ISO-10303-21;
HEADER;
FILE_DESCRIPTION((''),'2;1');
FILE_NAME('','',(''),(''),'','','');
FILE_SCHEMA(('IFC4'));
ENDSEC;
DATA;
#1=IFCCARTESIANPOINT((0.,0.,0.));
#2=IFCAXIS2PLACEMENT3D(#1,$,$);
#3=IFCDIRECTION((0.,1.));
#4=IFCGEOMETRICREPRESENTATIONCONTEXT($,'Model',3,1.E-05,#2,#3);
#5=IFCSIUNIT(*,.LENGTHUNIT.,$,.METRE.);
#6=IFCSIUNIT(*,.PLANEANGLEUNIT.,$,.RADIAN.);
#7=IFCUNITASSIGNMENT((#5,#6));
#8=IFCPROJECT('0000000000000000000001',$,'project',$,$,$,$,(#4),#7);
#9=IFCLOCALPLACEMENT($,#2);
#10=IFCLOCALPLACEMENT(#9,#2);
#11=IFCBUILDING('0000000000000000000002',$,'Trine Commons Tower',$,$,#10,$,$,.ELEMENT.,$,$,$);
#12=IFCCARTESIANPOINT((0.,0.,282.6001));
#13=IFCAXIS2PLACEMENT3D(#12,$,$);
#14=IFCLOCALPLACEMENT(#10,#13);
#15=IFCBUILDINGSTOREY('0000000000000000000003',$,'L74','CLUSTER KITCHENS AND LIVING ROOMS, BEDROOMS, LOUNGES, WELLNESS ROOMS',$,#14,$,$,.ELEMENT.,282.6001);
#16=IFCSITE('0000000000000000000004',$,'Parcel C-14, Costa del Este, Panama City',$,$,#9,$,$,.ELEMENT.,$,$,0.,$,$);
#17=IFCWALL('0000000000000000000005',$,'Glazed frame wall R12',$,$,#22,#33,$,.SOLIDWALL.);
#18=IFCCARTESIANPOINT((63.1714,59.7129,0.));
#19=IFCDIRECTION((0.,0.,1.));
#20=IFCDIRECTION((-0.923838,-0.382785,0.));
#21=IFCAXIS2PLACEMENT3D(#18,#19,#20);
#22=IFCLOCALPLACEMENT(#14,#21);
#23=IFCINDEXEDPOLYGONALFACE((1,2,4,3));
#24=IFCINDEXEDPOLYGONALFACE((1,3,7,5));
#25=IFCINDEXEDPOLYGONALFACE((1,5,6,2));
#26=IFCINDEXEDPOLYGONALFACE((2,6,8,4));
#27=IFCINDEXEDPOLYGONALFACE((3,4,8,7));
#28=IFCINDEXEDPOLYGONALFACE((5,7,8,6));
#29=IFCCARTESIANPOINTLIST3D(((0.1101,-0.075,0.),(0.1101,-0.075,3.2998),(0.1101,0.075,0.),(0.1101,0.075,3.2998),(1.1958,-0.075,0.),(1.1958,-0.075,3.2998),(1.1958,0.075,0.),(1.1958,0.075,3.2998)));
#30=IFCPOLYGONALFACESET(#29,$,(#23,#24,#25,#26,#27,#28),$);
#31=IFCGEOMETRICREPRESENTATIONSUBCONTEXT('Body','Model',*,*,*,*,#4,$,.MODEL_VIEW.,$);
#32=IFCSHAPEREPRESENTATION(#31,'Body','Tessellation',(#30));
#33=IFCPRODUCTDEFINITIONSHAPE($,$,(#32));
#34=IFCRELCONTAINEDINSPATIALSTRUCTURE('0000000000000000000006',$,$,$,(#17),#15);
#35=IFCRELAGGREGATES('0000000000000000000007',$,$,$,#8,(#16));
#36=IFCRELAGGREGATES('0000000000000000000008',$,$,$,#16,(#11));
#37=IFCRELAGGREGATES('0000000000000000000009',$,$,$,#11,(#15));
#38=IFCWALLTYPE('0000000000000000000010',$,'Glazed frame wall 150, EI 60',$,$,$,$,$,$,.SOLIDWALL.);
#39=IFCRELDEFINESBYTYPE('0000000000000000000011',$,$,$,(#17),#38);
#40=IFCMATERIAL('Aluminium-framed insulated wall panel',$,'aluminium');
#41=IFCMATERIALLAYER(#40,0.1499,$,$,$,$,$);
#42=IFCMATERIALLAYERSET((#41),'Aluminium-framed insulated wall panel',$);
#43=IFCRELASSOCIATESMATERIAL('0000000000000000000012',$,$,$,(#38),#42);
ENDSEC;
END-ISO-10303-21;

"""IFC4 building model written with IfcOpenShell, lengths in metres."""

from ifc_helpers import new_model, si_unit, direction, frame, origin, place, context, subcontext, project, spatial, polyline, outline, extrude, material, layer, layer_set, type_object, element, save


model = new_model("IFC4")

# Units and contexts
model_context = context("Model", 3, precision=1e-05, world=origin(), true_north=direction((0.0, 1.0)))
body_context = subcontext(model_context, "Body", "Model", "MODEL_VIEW")
ifc_project = project(units=[si_unit("LENGTHUNIT", "METRE"), si_unit("PLANEANGLEUNIT", "RADIAN")], contexts=[model_context])

# Site, building, storey
site_placement = place(None, origin())
site = spatial("IfcSite", under=ifc_project, at=site_placement, Name="Parcel C-14, Costa del Este, Panama City", CompositionType="ELEMENT", RefElevation=0.0)
building_placement = place(site_placement, origin())
building = spatial("IfcBuilding", under=site, at=building_placement, Name="Trine Commons Tower", CompositionType="ELEMENT")
storey_placement = place(building_placement, frame((0.0, 0.0, 282.6001)))
storey = spatial("IfcBuildingStorey", under=building, at=storey_placement, Name="L74", Description="CLUSTER KITCHENS AND LIVING ROOMS, BEDROOMS, LOUNGES, WELLNESS ROOMS", CompositionType="ELEMENT", Elevation=282.6001)

# Shared definitions
ifc_material_1 = material(Name="Aluminium-framed insulated wall panel", Category="aluminium")
ifc_layer_1 = layer(ifc_material_1, 0.1499)
ifc_layer_set_1 = layer_set([ifc_layer_1], Name="Aluminium-framed insulated wall panel")
wall_type_1 = type_object("IfcWallType", Name="Glazed frame wall 150, EI 60", PredefinedType="SOLIDWALL", material=ifc_layer_set_1)

# Wall
wall_1_placement = place(storey_placement, frame((63.1714, 59.7129, 0.0), z_axis=(0.0, 0.0, 1.0), x_axis=(-0.923838, -0.382785, 0.0)))
element("IfcWall", 1, at=wall_1_placement, inside=storey, type_object=wall_type_1, Name="Glazed frame wall R12", PredefinedType="SOLIDWALL", context=body_context, shape_type="SweptSolid", body=[
    extrude(outline(polyline([(0.1101, 0.075), (0.1101, -0.075), (1.1958, -0.075), (1.1958, 0.075), (0.1101, 0.075)])), origin(), (0.0, 0.0, 1.0), 3.2998),
])

save(model, "model.ifc")
